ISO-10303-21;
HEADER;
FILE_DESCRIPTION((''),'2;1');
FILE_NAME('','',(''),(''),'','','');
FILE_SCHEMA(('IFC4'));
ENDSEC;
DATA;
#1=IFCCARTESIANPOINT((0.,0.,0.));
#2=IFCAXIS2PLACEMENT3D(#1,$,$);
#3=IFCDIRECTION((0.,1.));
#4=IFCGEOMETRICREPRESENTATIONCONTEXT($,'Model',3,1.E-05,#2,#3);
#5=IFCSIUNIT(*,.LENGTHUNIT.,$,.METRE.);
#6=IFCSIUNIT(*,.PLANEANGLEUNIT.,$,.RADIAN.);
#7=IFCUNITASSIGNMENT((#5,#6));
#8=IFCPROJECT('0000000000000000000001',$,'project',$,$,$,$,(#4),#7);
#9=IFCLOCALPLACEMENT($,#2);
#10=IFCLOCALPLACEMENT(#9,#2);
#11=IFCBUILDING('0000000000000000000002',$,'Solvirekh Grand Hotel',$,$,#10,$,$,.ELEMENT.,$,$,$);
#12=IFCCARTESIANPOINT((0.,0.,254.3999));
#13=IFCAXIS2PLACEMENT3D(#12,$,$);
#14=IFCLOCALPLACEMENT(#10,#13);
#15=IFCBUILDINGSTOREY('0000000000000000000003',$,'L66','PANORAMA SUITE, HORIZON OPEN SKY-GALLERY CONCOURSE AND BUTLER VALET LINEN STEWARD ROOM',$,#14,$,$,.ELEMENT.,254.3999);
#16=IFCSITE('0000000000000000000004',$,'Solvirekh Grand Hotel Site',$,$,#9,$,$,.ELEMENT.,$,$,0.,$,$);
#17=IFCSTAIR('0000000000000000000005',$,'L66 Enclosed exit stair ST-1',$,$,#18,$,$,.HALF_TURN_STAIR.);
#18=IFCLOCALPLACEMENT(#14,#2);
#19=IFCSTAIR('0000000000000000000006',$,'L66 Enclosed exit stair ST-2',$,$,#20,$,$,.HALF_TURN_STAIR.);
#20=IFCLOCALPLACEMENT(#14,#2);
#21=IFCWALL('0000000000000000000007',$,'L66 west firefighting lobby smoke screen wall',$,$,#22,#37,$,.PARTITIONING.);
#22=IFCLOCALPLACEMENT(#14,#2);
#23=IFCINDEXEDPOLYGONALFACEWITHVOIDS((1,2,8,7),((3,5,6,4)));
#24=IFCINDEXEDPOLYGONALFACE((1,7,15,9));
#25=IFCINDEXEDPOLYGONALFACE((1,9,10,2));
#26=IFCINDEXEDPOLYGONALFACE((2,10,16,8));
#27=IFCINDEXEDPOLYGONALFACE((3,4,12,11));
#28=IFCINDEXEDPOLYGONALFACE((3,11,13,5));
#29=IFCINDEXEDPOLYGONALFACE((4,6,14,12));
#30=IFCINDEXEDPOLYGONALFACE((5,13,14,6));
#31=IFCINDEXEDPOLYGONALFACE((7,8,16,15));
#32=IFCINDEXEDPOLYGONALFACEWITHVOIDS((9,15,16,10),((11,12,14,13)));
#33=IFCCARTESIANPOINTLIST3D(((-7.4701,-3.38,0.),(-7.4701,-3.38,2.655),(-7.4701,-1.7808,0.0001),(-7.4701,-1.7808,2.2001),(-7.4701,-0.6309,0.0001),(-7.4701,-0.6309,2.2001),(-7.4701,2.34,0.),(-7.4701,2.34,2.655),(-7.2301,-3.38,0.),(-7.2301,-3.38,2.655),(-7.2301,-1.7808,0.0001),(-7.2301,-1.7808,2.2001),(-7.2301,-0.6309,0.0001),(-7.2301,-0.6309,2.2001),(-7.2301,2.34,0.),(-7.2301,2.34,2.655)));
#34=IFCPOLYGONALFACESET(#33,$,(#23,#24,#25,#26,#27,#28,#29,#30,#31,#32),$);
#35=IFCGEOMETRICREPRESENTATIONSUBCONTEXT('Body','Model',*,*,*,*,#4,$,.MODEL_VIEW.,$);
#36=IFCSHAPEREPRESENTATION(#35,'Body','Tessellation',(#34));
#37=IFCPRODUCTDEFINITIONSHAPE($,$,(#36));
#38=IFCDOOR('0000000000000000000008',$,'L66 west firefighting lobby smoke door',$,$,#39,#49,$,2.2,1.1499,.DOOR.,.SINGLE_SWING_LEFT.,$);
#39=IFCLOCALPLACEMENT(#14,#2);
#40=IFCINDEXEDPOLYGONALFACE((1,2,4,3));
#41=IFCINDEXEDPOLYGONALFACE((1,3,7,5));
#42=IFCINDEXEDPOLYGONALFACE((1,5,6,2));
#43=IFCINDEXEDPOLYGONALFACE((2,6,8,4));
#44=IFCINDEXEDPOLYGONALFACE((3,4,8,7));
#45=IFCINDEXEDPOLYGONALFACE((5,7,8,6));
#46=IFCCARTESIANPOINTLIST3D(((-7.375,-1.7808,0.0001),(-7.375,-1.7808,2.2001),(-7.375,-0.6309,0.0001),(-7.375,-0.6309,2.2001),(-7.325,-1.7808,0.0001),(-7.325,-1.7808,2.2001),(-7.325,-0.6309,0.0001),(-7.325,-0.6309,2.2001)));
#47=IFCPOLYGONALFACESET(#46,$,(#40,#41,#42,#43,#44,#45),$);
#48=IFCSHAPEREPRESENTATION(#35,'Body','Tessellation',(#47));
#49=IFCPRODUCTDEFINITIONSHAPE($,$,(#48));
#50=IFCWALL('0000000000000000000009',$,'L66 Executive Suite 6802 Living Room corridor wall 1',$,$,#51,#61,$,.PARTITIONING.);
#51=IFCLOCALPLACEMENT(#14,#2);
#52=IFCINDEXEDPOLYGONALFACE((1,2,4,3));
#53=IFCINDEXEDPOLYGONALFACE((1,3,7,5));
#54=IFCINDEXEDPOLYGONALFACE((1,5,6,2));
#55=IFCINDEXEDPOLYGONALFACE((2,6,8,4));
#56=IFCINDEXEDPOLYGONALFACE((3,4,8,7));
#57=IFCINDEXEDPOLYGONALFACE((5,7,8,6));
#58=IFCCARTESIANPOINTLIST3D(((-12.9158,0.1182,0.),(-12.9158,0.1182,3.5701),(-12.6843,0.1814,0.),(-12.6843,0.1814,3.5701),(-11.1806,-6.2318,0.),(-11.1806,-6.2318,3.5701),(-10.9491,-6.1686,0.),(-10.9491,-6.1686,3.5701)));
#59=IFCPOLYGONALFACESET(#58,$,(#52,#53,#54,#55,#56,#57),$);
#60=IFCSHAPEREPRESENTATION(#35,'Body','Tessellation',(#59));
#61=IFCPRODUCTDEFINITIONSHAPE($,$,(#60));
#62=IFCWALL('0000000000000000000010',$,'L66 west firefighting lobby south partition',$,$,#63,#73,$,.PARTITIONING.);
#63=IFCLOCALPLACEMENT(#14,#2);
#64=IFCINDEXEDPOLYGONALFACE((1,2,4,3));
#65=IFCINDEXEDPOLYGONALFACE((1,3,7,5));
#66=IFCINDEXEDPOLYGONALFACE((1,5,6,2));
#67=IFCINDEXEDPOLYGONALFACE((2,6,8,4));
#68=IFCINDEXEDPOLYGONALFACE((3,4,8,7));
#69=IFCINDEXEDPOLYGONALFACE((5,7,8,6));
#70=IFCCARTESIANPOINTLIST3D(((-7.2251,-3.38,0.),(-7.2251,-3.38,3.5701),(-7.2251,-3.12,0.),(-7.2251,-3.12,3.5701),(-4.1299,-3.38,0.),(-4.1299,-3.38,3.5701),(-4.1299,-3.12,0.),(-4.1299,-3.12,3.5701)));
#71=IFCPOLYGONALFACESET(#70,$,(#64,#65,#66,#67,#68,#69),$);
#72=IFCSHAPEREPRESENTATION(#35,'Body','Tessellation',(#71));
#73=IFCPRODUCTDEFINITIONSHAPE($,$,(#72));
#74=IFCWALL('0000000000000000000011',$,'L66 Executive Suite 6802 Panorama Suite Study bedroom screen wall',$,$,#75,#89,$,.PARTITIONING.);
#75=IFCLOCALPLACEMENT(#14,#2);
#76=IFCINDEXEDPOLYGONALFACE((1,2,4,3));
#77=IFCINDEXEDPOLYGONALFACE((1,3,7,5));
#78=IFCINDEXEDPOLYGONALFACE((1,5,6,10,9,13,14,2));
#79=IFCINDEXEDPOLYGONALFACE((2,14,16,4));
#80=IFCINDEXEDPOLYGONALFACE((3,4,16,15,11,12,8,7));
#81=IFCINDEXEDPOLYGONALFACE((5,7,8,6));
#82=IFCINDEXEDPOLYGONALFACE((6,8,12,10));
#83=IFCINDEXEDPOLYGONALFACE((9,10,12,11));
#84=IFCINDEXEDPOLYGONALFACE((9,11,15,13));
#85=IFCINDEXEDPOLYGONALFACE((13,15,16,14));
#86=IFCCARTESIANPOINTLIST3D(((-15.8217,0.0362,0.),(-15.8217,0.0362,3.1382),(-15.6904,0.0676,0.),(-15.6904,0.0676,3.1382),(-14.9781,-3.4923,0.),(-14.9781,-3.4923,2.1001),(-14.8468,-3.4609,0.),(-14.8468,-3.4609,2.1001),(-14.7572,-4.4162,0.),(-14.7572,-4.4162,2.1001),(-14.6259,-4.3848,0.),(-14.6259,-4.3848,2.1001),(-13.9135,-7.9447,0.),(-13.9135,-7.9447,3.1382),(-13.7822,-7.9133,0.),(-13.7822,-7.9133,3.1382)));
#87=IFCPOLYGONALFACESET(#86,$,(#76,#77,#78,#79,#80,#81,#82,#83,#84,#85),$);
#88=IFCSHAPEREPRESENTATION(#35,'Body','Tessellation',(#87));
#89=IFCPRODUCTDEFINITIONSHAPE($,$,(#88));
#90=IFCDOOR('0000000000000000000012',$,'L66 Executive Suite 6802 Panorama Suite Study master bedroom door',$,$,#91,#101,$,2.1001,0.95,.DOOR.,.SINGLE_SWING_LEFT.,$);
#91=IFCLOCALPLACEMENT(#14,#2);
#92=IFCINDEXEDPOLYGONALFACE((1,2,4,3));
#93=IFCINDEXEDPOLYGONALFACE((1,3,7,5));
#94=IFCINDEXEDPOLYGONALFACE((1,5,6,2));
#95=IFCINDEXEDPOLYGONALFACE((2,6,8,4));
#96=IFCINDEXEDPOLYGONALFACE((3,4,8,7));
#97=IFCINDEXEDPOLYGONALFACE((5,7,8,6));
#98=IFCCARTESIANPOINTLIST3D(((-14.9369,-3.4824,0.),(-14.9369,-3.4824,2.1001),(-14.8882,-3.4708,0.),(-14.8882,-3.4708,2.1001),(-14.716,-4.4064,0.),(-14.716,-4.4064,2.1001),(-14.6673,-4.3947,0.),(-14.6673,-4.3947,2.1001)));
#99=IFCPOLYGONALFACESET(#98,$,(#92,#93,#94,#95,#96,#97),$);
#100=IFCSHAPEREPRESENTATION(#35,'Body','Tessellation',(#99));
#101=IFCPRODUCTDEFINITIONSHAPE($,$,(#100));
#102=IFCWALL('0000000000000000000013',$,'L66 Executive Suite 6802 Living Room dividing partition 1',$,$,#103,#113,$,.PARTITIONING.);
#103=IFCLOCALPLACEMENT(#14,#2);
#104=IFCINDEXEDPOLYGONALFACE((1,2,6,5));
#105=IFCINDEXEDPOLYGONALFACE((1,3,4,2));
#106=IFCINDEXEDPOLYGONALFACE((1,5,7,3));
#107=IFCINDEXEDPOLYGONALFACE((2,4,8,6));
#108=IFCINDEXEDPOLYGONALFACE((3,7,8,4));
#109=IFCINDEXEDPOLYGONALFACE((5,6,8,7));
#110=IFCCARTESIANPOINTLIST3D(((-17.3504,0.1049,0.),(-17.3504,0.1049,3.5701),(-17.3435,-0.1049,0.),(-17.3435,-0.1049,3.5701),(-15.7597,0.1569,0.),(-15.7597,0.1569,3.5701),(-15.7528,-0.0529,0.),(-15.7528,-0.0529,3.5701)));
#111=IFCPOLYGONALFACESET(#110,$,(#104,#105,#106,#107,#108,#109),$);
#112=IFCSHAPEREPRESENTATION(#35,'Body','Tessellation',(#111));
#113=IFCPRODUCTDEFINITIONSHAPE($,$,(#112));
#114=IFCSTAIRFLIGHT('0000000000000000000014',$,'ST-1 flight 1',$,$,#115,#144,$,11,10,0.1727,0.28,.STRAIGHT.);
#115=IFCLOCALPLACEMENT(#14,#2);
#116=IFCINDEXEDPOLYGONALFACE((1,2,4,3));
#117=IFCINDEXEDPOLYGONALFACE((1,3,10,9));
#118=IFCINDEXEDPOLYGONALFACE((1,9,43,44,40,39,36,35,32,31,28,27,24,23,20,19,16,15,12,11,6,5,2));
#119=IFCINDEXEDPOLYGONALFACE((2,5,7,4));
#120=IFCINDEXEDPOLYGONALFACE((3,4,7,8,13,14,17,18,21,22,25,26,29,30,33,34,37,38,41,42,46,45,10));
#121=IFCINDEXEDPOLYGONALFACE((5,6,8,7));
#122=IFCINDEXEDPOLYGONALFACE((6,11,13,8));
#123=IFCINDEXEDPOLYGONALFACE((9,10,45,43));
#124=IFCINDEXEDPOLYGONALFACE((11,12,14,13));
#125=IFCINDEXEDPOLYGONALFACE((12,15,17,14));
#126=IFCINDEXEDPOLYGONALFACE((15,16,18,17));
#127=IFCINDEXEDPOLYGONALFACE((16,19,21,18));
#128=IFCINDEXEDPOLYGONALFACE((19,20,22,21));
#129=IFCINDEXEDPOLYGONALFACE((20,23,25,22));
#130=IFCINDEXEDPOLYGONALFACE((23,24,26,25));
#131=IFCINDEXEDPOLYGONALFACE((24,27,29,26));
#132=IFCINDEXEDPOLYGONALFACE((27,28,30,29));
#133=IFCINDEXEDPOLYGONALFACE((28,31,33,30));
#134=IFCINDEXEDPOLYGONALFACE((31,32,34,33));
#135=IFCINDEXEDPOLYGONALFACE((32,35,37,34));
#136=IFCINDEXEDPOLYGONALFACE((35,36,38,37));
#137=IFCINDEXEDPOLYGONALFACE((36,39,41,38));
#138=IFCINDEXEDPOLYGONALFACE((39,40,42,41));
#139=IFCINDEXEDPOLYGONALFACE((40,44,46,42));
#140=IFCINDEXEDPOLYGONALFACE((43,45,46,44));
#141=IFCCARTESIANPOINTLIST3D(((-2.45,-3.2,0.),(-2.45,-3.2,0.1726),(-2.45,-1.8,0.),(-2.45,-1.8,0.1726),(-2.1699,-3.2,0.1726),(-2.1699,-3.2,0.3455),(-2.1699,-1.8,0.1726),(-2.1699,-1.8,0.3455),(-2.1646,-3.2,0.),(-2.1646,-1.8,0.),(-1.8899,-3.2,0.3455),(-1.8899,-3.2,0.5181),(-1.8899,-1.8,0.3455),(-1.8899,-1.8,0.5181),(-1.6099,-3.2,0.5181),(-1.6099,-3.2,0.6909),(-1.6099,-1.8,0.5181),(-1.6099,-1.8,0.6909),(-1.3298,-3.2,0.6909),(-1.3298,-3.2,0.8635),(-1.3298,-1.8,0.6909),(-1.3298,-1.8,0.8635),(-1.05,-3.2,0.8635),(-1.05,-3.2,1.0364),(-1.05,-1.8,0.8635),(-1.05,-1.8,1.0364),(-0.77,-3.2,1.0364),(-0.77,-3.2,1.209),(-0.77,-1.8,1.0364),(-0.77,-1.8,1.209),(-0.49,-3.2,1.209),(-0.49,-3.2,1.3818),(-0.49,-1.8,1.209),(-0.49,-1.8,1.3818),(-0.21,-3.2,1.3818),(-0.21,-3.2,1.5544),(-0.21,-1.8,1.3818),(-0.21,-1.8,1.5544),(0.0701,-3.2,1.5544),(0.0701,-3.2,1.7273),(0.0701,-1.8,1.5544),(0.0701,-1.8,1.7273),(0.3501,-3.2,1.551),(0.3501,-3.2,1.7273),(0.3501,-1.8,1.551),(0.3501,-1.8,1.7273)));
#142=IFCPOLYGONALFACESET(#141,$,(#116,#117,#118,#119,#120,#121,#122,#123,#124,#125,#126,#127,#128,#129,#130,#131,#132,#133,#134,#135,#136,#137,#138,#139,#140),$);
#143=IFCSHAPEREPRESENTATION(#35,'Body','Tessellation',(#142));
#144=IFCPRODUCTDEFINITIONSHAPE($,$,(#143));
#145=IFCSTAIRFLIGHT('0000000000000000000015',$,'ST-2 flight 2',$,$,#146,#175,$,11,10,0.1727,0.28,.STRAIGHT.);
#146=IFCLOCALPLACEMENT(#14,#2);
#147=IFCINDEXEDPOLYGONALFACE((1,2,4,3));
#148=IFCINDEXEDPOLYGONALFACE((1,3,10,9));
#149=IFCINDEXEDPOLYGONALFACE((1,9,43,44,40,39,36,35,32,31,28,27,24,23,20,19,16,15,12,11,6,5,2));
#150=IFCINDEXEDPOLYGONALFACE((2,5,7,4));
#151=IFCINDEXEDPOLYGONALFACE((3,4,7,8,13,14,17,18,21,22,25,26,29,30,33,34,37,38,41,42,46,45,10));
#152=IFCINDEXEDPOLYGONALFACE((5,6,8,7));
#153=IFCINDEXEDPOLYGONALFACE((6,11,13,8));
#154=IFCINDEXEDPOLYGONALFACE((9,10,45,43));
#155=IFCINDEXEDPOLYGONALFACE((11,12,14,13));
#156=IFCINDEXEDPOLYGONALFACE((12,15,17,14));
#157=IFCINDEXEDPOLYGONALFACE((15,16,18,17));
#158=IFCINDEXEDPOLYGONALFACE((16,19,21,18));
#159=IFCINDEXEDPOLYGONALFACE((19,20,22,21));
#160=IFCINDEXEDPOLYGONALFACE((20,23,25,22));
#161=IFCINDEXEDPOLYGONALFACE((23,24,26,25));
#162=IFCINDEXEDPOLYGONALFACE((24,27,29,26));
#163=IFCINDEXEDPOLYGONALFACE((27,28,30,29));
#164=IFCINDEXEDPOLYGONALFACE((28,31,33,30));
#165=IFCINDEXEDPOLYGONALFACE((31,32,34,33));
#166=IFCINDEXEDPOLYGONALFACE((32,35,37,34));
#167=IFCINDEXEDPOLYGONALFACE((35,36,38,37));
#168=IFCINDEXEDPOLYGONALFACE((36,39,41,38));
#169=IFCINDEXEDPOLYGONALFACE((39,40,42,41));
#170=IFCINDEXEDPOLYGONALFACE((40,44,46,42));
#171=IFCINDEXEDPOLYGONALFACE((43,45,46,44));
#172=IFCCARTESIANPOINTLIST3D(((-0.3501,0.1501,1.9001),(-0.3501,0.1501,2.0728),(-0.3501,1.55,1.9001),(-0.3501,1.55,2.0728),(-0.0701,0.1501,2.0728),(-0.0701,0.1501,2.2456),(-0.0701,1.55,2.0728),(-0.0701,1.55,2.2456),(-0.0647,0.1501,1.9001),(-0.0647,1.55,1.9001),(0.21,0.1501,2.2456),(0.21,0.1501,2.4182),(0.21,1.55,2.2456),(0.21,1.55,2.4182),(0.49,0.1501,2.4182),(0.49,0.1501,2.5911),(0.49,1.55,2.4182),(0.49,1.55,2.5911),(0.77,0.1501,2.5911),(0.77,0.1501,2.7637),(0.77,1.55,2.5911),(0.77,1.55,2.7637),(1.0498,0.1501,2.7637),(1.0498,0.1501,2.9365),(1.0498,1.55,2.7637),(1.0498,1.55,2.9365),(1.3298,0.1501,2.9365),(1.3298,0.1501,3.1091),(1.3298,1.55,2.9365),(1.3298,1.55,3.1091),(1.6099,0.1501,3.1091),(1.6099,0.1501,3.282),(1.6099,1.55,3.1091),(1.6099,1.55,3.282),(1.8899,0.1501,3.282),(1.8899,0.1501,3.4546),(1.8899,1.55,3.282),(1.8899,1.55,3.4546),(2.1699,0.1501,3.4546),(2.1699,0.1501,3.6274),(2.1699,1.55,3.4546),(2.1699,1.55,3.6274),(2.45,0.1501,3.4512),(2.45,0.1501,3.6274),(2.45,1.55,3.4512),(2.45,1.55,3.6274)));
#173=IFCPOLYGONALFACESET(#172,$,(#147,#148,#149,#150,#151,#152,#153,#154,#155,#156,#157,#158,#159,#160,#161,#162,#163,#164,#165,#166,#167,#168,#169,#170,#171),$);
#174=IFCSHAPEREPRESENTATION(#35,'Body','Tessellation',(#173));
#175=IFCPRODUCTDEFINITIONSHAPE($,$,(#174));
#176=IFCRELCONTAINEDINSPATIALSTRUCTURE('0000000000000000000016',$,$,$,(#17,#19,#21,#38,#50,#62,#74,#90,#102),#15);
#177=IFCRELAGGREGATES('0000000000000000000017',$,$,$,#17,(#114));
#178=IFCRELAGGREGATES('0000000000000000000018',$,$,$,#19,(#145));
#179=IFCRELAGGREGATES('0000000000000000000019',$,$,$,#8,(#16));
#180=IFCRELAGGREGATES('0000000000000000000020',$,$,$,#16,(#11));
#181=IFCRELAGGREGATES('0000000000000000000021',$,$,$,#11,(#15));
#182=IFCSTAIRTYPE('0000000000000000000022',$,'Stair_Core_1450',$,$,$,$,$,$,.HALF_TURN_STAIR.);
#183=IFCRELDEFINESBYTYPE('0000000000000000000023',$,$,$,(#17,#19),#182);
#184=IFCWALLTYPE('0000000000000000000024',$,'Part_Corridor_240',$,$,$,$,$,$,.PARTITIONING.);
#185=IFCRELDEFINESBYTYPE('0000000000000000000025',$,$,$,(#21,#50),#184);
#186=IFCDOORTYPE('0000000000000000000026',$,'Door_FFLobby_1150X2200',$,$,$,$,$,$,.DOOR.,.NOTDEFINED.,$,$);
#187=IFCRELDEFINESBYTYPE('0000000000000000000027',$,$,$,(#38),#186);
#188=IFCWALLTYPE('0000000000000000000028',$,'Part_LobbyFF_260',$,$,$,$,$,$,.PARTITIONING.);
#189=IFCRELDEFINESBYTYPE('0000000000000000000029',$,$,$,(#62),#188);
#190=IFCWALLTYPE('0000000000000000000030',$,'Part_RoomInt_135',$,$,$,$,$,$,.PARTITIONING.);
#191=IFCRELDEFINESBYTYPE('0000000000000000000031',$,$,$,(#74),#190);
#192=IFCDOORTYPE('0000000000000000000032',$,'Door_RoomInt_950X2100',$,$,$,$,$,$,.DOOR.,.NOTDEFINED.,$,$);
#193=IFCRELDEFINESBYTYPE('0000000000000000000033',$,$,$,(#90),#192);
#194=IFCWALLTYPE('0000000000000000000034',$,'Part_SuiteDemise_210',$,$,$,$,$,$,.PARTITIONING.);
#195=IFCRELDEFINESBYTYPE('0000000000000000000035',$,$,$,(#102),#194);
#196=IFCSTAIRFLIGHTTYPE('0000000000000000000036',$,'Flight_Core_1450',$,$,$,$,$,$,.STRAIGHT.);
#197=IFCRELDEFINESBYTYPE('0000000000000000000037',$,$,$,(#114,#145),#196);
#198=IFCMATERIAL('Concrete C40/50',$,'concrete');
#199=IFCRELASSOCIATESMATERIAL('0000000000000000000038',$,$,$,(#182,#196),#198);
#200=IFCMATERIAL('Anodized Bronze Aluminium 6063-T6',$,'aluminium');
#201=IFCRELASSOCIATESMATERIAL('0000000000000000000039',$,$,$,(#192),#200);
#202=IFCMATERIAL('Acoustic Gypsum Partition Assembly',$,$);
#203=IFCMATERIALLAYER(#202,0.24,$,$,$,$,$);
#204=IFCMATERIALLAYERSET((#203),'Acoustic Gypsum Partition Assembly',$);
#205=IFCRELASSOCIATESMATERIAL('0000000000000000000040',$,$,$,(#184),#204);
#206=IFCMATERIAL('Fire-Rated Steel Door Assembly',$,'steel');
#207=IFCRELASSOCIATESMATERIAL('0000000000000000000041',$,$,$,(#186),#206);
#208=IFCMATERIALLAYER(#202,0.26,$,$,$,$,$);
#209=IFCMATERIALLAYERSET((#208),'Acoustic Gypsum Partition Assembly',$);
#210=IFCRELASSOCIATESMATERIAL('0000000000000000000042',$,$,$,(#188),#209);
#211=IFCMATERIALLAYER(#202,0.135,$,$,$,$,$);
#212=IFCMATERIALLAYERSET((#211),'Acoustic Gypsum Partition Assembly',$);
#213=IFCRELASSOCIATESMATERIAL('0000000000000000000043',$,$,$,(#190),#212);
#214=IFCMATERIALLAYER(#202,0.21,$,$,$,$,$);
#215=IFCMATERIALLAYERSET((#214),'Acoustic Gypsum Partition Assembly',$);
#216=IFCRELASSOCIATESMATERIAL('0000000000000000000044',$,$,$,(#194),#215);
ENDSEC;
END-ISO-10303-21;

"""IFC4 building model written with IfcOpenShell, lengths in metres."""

from ifc_helpers import new_model, si_unit, direction, frame, frame_2d, origin, place, context, subcontext, project, spatial, polyline, rectangle, outline, extrude, material, layer, layer_set, type_object, element, fill, aggregate, save


model = new_model("IFC4")

# Units and contexts
model_context = context("Model", 3, precision=1e-05, world=origin(), true_north=direction((0.0, 1.0)))
body_context = subcontext(model_context, "Body", "Model", "MODEL_VIEW")
ifc_project = project(units=[si_unit("LENGTHUNIT", "METRE"), si_unit("PLANEANGLEUNIT", "RADIAN")], contexts=[model_context])

# Site, building, storey
site_placement = place(None, origin())
site = spatial("IfcSite", under=ifc_project, at=site_placement, Name="Solvirekh Grand Hotel Site", CompositionType="ELEMENT", RefElevation=0.0)
building_placement = place(site_placement, origin())
building = spatial("IfcBuilding", under=site, at=building_placement, Name="Solvirekh Grand Hotel", CompositionType="ELEMENT")
storey_placement = place(building_placement, frame((0.0, 0.0, 254.3999)))
storey = spatial("IfcBuildingStorey", under=building, at=storey_placement, Name="L66", Description="PANORAMA SUITE, HORIZON OPEN SKY-GALLERY CONCOURSE AND BUTLER VALET LINEN STEWARD ROOM", CompositionType="ELEMENT", Elevation=254.3999)

# Stairs
ifc_material_1 = material(Name="Concrete C40/50", Category="concrete")
stair_type = type_object("IfcStairType", Name="Stair_Core_1450", PredefinedType="HALF_TURN_STAIR", material=ifc_material_1)
stair_1_placement = place(storey_placement, origin())
stair_1 = element("IfcStair", 1, at=stair_1_placement, inside=storey, type_object=stair_type, Name="L66 Enclosed exit stair ST-1", PredefinedType="HALF_TURN_STAIR")
stair_2_placement = place(storey_placement, origin())
stair_2 = element("IfcStair", 2, at=stair_2_placement, inside=storey, type_object=stair_type, Name="L66 Enclosed exit stair ST-2", PredefinedType="HALF_TURN_STAIR")

# Shared definitions
ifc_material_2 = material(Name="Fire-Rated Steel Door Assembly", Category="steel")

# Shared definitions
ifc_material_3 = material(Name="Anodized Bronze Aluminium 6063-T6", Category="aluminium")

# Shared definitions
ifc_material_4 = material(Name="Acoustic Gypsum Partition Assembly")

# Wall, opening, door
door_type_1 = type_object("IfcDoorType", Name="Door_RoomInt_950X2100", OperationType="NOTDEFINED", PredefinedType="DOOR", material=ifc_material_3)
ifc_layer_1 = layer(ifc_material_4, 0.24)
ifc_layer_set_1 = layer_set([ifc_layer_1], Name="Acoustic Gypsum Partition Assembly")
wall_type_1 = type_object("IfcWallType", Name="Part_Corridor_240", PredefinedType="PARTITIONING", material=ifc_layer_set_1)
wall_1_placement = place(storey_placement, frame((-7.3501, -3.3799, 0.0), z_axis=(0.0, 0.0, 1.0), x_axis=(0.0, 1.0, 0.0)))
wall_1 = element("IfcWall", 3, at=wall_1_placement, inside=storey, type_object=wall_type_1, Name="L66 west firefighting lobby smoke screen wall", PredefinedType="PARTITIONING", context=body_context, shape_type="SweptSolid", body=[
    extrude(rectangle(XDim=5.72, YDim=0.24, at=frame_2d((2.8599, 0.0))), origin(), (0.0, 0.0, 1.0), 2.655),
])
opening_1_placement = place(wall_1_placement, frame((1.5991, 0.0, 0.0)))
opening_1 = element("IfcOpeningElement", 4, at=opening_1_placement, cuts=wall_1, PredefinedType="OPENING", context=body_context, shape_type="SweptSolid", body=[
    extrude(rectangle(XDim=1.1499, YDim=2.2, at=frame_2d((0.575, 1.1001))), frame((0.0, 0.1299, 0.0), z_axis=(0.0, -1.0, 0.0), x_axis=(1.0, 0.0, 0.0)), (0.0, 0.0, 1.0), 0.26),
])
door_type_2 = type_object("IfcDoorType", Name="Door_FFLobby_1150X2200", OperationType="NOTDEFINED", PredefinedType="DOOR", material=ifc_material_2)
door_1_placement = place(opening_1_placement, origin())
door_1 = element("IfcDoor", 5, at=door_1_placement, inside=storey, type_object=door_type_2, Name="L66 west firefighting lobby smoke door", OperationType="SINGLE_SWING_LEFT", OverallHeight=2.2, OverallWidth=1.1499, PredefinedType="DOOR", context=body_context, shape_type="SweptSolid", body=[
    extrude(rectangle(XDim=1.1499, YDim=2.2, at=frame_2d((0.575, 1.1001))), frame((0.0, 0.0249, 0.0), z_axis=(0.0, -1.0, 0.0), x_axis=(1.0, 0.0, 0.0)), (0.0, 0.0, 1.0), 0.05),
])
fill(opening_1, door_1)

# Walls
wall_2_placement = place(storey_placement, frame((-12.8, 0.1499, 0.0), z_axis=(0.0, 0.0, 1.0), x_axis=(0.263588, -0.964635, 0.0)))
element("IfcWall", 6, at=wall_2_placement, inside=storey, type_object=wall_type_1, Name="L66 Executive Suite 6802 Living Room corridor wall 1", PredefinedType="PARTITIONING", context=body_context, shape_type="SweptSolid", body=[
    extrude(rectangle(XDim=6.5828, YDim=0.24, at=frame_2d((3.2915, 0.0))), origin(), (0.0, 0.0, 1.0), 3.5701),
])
ifc_layer_2 = layer(ifc_material_4, 0.26)
ifc_layer_set_2 = layer_set([ifc_layer_2], Name="Acoustic Gypsum Partition Assembly")
wall_type_2 = type_object("IfcWallType", Name="Part_LobbyFF_260", PredefinedType="PARTITIONING", material=ifc_layer_set_2)
wall_3_placement = place(storey_placement, frame((-7.2251, -3.25, 0.0), z_axis=(0.0, 0.0, 1.0), x_axis=(1.0, 0.0, 0.0)))
element("IfcWall", 7, at=wall_3_placement, inside=storey, type_object=wall_type_2, Name="L66 west firefighting lobby south partition", PredefinedType="PARTITIONING", context=body_context, shape_type="SweptSolid", body=[
    extrude(rectangle(XDim=3.0952, YDim=0.26, at=frame_2d((1.5476, 0.0))), origin(), (0.0, 0.0, 1.0), 3.5701),
])

# Wall, opening, door
ifc_layer_3 = layer(ifc_material_4, 0.135)
ifc_layer_set_3 = layer_set([ifc_layer_3], Name="Acoustic Gypsum Partition Assembly")
wall_type_3 = type_object("IfcWallType", Name="Part_RoomInt_135", PredefinedType="PARTITIONING", material=ifc_layer_set_3)
wall_4_placement = place(storey_placement, frame((-15.7561, 0.052, 0.0), z_axis=(0.0, 0.0, 1.0), x_axis=(0.23254, -0.972587, 0.0)))
wall_4 = element("IfcWall", 8, at=wall_4_placement, inside=storey, type_object=wall_type_3, Name="L66 Executive Suite 6802 Panorama Suite Study bedroom screen wall", PredefinedType="PARTITIONING", context=body_context, shape_type="SweptSolid", body=[
    extrude(rectangle(XDim=8.2058, YDim=0.135, at=frame_2d((4.103, 0.0))), origin(), (0.0, 0.0, 1.0), 3.1382),
])
opening_2_placement = place(wall_4_placement, frame((3.6279, 0.0, 0.0)))
opening_2 = element("IfcOpeningElement", 9, at=opening_2_placement, cuts=wall_4, PredefinedType="OPENING", context=body_context, shape_type="SweptSolid", body=[
    extrude(rectangle(XDim=0.95, YDim=2.1001, at=frame_2d((0.4751, 1.05))), frame((0.0, 0.0776, 0.0), z_axis=(0.0, -1.0, 0.0), x_axis=(1.0, 0.0, 0.0)), (0.0, 0.0, 1.0), 0.155),
])
door_2_placement = place(opening_2_placement, origin())
door_2 = element("IfcDoor", 10, at=door_2_placement, inside=storey, type_object=door_type_1, Name="L66 Executive Suite 6802 Panorama Suite Study master bedroom door", OperationType="SINGLE_SWING_LEFT", OverallHeight=2.1001, OverallWidth=0.95, PredefinedType="DOOR", context=body_context, shape_type="SweptSolid", body=[
    extrude(rectangle(XDim=0.95, YDim=2.1001, at=frame_2d((0.4751, 1.05))), frame((0.0, 0.0249, 0.0), z_axis=(0.0, -1.0, 0.0), x_axis=(1.0, 0.0, 0.0)), (0.0, 0.0, 1.0), 0.05),
])
fill(opening_2, door_2)

# Wall
ifc_layer_4 = layer(ifc_material_4, 0.21)
ifc_layer_set_4 = layer_set([ifc_layer_4], Name="Acoustic Gypsum Partition Assembly")
wall_type_4 = type_object("IfcWallType", Name="Part_SuiteDemise_210", PredefinedType="PARTITIONING", material=ifc_layer_set_4)
wall_5_placement = place(storey_placement, frame((-15.7561, 0.052, 0.0), z_axis=(0.0, 0.0, 1.0), x_axis=(-0.999466, -0.032671, 0.0)))
element("IfcWall", 11, at=wall_5_placement, inside=storey, type_object=wall_type_4, Name="L66 Executive Suite 6802 Living Room dividing partition 1", PredefinedType="PARTITIONING", context=body_context, shape_type="SweptSolid", body=[
    extrude(rectangle(XDim=1.5916, YDim=0.21, at=frame_2d((0.7959, 0.0))), origin(), (0.0, 0.0, 1.0), 3.5701),
])

# Stair flights
stair_flight_type = type_object("IfcStairFlightType", Name="Flight_Core_1450", PredefinedType="STRAIGHT", material=ifc_material_1)
stair_flight_1_placement = place(storey_placement, frame((-2.45, -2.5, 0.0), z_axis=(0.0, 0.0, 1.0), x_axis=(1.0, 0.0, 0.0)))
stair_flight_1 = element("IfcStairFlight", 12, at=stair_flight_1_placement, type_object=stair_flight_type, Name="ST-1 flight 1", NumberOfRisers=11, NumberOfTreads=10, PredefinedType="STRAIGHT", RiserHeight=0.1727, TreadLength=0.28, context=body_context, shape_type="SweptSolid", body=[
    extrude(outline(polyline([(0.0, 0.0), (0.0, 0.1726), (0.28, 0.1726), (0.28, 0.3455), (0.5601, 0.3455), (0.5601, 0.5181), (0.8401, 0.5181), (0.8401, 0.6909), (1.1201, 0.6909), (1.1201, 0.8635), (1.3999, 0.8635), (1.3999, 1.0364), (1.6799, 1.0364), (1.6799, 1.209), (1.96, 1.209), (1.96, 1.3818), (2.24, 1.3818), (2.24, 1.5544), (2.52, 1.5544), (2.52, 1.7273), (2.8, 1.7273), (2.8, 1.8999), (2.8, 1.551), (0.2854, 0.0), (0.0, 0.0)])), frame((0.0, 0.7, 0.0), z_axis=(0.0, -1.0, 0.0), x_axis=(1.0, 0.0, 0.0)), (0.0, 0.0, 1.0), 1.3999),
])
aggregate(stair_1, [stair_flight_1])
stair_flight_2_placement = place(storey_placement, frame((-0.3501, 0.8501, 1.9001), z_axis=(0.0, 0.0, 1.0), x_axis=(1.0, 0.0, 0.0)))
stair_flight_2 = element("IfcStairFlight", 13, at=stair_flight_2_placement, type_object=stair_flight_type, Name="ST-2 flight 2", NumberOfRisers=11, NumberOfTreads=10, PredefinedType="STRAIGHT", RiserHeight=0.1727, TreadLength=0.28, context=body_context, shape_type="SweptSolid", body=[
    extrude(outline(polyline([(0.0, 0.0), (0.0, 0.1726), (0.28, 0.1726), (0.28, 0.3455), (0.5601, 0.3455), (0.5601, 0.5181), (0.8401, 0.5181), (0.8401, 0.6909), (1.1201, 0.6909), (1.1201, 0.8635), (1.3999, 0.8635), (1.3999, 1.0364), (1.6799, 1.0364), (1.6799, 1.209), (1.96, 1.209), (1.96, 1.3818), (2.24, 1.3818), (2.24, 1.5544), (2.52, 1.5544), (2.52, 1.7273), (2.8, 1.7273), (2.8, 1.8999), (2.8, 1.551), (0.2854, 0.0), (0.0, 0.0)])), frame((0.0, 0.7, 0.0), z_axis=(0.0, -1.0, 0.0), x_axis=(1.0, 0.0, 0.0)), (0.0, 0.0, 1.0), 1.3999),
])
aggregate(stair_2, [stair_flight_2])

save(model, "model.ifc")
